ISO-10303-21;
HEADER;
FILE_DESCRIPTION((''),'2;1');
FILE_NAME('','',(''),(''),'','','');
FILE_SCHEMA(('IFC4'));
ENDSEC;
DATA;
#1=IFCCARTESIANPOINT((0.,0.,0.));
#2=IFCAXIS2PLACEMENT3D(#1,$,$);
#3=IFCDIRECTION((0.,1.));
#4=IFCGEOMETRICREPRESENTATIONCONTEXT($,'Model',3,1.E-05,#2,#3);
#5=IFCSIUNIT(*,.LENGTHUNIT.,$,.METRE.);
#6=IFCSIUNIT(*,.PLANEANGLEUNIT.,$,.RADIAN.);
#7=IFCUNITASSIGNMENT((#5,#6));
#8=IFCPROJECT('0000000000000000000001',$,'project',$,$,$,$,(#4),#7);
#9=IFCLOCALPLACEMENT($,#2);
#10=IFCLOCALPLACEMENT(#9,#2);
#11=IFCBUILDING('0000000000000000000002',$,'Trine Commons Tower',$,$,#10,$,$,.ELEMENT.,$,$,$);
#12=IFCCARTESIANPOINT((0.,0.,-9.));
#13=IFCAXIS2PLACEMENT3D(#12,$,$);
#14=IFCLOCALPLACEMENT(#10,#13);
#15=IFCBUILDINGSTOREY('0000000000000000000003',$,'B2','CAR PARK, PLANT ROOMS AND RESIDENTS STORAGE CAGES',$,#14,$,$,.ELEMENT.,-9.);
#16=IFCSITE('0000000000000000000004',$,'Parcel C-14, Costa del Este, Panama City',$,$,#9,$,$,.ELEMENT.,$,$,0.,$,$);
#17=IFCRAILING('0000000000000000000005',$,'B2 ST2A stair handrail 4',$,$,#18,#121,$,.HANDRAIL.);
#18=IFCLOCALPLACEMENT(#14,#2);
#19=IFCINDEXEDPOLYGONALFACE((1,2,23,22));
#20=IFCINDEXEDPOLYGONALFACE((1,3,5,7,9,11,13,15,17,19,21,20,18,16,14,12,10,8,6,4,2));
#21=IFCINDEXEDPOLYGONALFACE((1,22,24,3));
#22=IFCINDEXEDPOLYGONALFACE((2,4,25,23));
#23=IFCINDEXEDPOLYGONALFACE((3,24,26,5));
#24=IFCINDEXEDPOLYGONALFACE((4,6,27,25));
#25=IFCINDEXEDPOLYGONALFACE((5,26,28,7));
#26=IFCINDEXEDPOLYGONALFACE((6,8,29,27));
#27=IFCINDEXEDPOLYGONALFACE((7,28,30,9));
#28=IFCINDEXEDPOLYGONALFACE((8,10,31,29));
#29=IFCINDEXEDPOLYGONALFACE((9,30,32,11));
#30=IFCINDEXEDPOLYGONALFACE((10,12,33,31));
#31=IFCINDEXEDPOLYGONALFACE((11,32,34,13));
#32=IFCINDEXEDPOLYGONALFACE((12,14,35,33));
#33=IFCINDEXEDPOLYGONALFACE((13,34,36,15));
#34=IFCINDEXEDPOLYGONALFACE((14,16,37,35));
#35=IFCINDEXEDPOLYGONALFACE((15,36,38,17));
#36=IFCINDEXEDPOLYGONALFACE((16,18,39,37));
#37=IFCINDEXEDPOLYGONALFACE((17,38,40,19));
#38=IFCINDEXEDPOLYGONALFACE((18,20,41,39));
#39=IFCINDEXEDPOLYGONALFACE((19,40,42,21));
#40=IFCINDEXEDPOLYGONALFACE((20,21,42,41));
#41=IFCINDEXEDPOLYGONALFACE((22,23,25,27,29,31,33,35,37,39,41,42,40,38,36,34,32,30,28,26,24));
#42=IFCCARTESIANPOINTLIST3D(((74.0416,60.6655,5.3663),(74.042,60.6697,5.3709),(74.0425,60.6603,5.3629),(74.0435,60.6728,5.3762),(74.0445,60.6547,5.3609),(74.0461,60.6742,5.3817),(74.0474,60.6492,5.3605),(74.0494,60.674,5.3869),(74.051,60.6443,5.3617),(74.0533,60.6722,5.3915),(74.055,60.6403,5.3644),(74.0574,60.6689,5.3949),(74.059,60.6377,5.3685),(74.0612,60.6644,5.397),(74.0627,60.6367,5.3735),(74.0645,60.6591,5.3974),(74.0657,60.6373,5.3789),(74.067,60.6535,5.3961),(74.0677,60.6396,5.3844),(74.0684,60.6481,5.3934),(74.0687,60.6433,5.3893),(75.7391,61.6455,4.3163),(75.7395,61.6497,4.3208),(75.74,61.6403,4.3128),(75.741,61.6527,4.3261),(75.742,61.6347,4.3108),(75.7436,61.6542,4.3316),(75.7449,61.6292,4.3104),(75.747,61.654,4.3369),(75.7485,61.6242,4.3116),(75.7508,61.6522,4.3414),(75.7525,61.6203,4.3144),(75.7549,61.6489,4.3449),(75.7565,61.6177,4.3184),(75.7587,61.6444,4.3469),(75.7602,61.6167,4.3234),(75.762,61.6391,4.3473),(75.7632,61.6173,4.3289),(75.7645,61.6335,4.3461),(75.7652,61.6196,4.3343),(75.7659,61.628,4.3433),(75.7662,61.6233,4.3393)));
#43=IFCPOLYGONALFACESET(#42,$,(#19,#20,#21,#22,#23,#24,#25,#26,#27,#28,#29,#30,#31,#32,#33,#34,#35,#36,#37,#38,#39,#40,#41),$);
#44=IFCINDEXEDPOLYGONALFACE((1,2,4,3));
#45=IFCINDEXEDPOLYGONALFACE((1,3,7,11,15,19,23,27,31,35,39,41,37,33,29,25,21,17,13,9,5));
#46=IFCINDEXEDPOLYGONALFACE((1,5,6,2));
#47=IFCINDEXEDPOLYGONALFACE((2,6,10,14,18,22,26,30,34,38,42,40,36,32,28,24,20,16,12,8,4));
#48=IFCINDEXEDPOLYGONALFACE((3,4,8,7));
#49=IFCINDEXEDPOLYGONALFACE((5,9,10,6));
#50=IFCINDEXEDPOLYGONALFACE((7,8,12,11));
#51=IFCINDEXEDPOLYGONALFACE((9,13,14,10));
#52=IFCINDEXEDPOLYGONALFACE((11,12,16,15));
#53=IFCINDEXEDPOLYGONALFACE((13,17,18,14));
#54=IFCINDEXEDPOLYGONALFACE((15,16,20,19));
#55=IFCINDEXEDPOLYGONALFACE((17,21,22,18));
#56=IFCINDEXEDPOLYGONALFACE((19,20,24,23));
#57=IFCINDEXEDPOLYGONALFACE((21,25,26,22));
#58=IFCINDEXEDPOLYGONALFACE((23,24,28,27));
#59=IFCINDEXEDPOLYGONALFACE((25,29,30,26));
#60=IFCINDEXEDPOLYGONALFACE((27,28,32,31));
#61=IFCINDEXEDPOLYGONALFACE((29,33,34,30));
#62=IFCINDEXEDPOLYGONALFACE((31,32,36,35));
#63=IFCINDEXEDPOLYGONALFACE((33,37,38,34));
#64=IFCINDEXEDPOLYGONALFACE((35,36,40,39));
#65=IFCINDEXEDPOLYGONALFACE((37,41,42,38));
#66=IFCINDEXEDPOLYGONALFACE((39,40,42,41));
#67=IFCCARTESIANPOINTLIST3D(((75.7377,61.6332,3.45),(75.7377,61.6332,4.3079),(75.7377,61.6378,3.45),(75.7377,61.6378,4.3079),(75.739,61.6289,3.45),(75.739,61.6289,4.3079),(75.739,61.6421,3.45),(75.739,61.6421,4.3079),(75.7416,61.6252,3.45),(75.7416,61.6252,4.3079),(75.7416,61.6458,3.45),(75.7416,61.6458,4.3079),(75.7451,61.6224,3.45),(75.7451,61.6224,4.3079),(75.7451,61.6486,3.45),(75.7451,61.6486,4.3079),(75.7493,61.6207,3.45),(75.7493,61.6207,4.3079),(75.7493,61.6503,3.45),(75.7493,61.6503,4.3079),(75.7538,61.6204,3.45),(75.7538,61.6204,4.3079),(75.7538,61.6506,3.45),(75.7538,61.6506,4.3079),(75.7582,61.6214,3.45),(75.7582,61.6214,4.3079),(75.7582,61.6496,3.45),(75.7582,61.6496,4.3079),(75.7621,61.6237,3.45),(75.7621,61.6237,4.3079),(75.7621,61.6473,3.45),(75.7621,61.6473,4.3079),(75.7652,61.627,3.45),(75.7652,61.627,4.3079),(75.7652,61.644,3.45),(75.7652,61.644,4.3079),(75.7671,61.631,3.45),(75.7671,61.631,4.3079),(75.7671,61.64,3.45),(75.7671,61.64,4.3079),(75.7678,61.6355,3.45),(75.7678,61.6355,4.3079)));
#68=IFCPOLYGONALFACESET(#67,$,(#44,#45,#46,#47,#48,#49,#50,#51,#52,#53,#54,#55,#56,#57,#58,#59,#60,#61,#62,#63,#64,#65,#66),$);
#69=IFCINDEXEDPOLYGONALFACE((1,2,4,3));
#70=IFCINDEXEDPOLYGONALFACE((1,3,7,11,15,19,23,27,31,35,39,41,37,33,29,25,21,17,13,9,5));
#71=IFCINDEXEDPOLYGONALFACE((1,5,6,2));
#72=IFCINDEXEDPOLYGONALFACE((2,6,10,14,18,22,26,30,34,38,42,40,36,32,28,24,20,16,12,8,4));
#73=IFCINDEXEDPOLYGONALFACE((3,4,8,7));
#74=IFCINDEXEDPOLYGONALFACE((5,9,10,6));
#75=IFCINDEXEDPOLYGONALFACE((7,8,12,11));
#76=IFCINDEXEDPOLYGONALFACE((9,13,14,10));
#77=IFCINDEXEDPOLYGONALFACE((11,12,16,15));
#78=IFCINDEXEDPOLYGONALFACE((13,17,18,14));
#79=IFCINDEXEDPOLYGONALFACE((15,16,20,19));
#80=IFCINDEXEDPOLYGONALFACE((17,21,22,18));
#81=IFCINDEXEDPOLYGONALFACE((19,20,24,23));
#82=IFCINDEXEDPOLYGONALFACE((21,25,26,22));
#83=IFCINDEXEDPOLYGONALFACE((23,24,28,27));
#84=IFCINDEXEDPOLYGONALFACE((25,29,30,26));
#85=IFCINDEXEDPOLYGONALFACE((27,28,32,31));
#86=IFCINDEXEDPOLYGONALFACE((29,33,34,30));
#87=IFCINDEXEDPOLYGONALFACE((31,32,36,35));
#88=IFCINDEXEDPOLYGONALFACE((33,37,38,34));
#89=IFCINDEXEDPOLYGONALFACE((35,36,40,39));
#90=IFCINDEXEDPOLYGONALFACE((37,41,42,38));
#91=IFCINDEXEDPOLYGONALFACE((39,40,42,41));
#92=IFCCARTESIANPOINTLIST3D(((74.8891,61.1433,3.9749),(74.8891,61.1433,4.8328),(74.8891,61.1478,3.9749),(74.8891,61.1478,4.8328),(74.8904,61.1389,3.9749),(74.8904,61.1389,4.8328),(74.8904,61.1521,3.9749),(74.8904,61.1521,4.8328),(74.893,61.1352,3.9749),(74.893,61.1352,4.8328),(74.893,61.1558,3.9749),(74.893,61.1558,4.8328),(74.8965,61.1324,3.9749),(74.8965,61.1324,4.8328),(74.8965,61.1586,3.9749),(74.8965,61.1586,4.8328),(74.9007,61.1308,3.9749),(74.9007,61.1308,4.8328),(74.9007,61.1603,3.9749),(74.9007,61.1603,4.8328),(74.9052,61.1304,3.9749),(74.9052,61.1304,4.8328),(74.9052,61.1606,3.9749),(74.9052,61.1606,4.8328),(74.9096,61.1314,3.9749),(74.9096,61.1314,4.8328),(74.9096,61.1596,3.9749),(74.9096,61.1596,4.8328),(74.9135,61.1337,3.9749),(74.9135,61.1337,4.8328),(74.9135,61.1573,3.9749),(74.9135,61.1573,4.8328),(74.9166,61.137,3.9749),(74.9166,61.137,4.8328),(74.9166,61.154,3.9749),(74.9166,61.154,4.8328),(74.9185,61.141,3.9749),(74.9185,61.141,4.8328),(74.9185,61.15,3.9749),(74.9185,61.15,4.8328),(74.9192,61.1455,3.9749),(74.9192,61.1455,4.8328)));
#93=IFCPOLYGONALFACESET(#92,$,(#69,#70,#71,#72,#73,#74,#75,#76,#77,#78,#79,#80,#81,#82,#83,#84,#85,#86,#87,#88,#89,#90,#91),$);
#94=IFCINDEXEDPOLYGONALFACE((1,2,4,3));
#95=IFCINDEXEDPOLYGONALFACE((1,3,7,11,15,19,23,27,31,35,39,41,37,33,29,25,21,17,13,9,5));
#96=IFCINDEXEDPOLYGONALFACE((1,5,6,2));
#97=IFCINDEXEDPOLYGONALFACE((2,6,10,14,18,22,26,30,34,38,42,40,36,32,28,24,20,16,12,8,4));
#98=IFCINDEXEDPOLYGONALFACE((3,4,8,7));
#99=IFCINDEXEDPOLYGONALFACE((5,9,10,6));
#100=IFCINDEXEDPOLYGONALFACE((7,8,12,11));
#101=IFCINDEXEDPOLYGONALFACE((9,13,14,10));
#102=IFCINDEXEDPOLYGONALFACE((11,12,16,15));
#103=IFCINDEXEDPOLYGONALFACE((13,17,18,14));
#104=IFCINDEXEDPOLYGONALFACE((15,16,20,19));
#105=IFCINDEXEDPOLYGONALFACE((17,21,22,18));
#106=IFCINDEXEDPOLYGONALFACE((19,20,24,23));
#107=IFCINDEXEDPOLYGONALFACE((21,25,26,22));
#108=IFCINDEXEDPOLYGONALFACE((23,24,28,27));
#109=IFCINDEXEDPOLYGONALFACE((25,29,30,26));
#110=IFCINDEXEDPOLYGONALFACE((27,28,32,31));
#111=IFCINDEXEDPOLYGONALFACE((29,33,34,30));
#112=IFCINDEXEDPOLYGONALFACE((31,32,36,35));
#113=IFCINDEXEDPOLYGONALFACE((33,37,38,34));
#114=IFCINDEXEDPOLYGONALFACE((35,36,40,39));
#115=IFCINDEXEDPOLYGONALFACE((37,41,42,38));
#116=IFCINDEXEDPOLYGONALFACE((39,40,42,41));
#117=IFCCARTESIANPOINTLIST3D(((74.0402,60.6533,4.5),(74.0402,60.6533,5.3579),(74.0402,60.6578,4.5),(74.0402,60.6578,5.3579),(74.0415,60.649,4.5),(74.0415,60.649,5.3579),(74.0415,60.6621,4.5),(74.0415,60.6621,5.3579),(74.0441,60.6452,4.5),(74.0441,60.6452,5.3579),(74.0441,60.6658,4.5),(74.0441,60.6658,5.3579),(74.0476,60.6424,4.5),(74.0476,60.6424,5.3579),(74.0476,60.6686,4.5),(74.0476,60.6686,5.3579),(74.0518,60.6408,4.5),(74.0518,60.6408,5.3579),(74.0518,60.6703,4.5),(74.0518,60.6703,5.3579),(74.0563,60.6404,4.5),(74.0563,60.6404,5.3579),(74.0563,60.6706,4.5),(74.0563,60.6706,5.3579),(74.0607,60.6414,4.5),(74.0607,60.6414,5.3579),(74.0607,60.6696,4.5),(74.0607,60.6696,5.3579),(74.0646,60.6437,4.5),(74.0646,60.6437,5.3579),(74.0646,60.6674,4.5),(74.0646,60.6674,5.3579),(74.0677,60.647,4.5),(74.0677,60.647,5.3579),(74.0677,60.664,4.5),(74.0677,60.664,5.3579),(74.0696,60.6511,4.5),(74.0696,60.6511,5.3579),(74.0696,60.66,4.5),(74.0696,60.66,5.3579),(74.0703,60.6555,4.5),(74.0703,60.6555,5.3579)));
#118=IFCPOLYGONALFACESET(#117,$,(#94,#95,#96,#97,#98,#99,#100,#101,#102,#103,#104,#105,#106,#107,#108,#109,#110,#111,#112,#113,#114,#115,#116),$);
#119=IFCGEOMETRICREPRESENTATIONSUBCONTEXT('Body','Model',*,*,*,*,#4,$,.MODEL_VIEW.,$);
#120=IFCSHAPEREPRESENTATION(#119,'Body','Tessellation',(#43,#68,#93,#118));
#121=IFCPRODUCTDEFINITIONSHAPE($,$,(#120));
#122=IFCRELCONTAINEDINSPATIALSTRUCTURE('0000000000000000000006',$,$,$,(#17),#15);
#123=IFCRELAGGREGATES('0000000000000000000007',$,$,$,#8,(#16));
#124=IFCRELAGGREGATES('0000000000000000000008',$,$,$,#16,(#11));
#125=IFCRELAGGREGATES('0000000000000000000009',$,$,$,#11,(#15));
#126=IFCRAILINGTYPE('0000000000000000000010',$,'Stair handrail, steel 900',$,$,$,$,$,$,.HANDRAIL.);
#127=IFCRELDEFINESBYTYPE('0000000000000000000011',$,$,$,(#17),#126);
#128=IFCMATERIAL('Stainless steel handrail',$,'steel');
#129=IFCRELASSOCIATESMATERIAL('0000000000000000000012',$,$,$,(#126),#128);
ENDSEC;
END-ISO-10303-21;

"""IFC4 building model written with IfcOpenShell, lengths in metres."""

from ifc_helpers import new_model, si_unit, direction, frame, origin, origin_2d, place, context, subcontext, project, spatial, circle, extrude, material, type_object, element, save


model = new_model("IFC4")

# Units and contexts
model_context = context("Model", 3, precision=1e-05, world=origin(), true_north=direction((0.0, 1.0)))
body_context = subcontext(model_context, "Body", "Model", "MODEL_VIEW")
ifc_project = project(units=[si_unit("LENGTHUNIT", "METRE"), si_unit("PLANEANGLEUNIT", "RADIAN")], contexts=[model_context])

# Site, building, storey
site_placement = place(None, origin())
site = spatial("IfcSite", under=ifc_project, at=site_placement, Name="Parcel C-14, Costa del Este, Panama City", CompositionType="ELEMENT", RefElevation=0.0)
building_placement = place(site_placement, origin())
building = spatial("IfcBuilding", under=site, at=building_placement, Name="Trine Commons Tower", CompositionType="ELEMENT")
storey_placement = place(building_placement, frame((0.0, 0.0, -9.0)))
storey = spatial("IfcBuildingStorey", under=building, at=storey_placement, Name="B2", Description="CAR PARK, PLANT ROOMS AND RESIDENTS STORAGE CAGES", CompositionType="ELEMENT", Elevation=-9.0)

# Railing
ifc_material_1 = material(Name="Stainless steel handrail", Category="steel")
railing_type_1 = type_object("IfcRailingType", Name="Stair handrail, steel 900", PredefinedType="HANDRAIL", material=ifc_material_1)
railing_1_placement = place(storey_placement, frame((75.7527, 61.6355, 3.45)))
element("IfcRailing", 1, at=railing_1_placement, inside=storey, type_object=railing_type_1, Name="B2 ST2A stair handrail 4", PredefinedType="HANDRAIL", context=body_context, shape_type="SweptSolid", body=[
    extrude(circle(Radius=0.021, at=origin_2d()), frame((0.0, 0.0, 0.8789), z_axis=(-0.763398, -0.440713, 0.472224), x_axis=(0.49997, -0.866042, 0.0)), (0.0, 0.0, 1.0), 2.2236),
    extrude(circle(Radius=0.0151, at=origin_2d()), origin(), (0.0, 0.0, 1.0), 0.8579),
    extrude(circle(Radius=0.0151, at=origin_2d()), frame((-0.8486, -0.49, 0.5249)), (0.0, 0.0, 1.0), 0.8579),
    extrude(circle(Radius=0.0151, at=origin_2d()), frame((-1.6975, -0.98, 1.05)), (0.0, 0.0, 1.0), 0.8579),
])

save(model, "model.ifc")
